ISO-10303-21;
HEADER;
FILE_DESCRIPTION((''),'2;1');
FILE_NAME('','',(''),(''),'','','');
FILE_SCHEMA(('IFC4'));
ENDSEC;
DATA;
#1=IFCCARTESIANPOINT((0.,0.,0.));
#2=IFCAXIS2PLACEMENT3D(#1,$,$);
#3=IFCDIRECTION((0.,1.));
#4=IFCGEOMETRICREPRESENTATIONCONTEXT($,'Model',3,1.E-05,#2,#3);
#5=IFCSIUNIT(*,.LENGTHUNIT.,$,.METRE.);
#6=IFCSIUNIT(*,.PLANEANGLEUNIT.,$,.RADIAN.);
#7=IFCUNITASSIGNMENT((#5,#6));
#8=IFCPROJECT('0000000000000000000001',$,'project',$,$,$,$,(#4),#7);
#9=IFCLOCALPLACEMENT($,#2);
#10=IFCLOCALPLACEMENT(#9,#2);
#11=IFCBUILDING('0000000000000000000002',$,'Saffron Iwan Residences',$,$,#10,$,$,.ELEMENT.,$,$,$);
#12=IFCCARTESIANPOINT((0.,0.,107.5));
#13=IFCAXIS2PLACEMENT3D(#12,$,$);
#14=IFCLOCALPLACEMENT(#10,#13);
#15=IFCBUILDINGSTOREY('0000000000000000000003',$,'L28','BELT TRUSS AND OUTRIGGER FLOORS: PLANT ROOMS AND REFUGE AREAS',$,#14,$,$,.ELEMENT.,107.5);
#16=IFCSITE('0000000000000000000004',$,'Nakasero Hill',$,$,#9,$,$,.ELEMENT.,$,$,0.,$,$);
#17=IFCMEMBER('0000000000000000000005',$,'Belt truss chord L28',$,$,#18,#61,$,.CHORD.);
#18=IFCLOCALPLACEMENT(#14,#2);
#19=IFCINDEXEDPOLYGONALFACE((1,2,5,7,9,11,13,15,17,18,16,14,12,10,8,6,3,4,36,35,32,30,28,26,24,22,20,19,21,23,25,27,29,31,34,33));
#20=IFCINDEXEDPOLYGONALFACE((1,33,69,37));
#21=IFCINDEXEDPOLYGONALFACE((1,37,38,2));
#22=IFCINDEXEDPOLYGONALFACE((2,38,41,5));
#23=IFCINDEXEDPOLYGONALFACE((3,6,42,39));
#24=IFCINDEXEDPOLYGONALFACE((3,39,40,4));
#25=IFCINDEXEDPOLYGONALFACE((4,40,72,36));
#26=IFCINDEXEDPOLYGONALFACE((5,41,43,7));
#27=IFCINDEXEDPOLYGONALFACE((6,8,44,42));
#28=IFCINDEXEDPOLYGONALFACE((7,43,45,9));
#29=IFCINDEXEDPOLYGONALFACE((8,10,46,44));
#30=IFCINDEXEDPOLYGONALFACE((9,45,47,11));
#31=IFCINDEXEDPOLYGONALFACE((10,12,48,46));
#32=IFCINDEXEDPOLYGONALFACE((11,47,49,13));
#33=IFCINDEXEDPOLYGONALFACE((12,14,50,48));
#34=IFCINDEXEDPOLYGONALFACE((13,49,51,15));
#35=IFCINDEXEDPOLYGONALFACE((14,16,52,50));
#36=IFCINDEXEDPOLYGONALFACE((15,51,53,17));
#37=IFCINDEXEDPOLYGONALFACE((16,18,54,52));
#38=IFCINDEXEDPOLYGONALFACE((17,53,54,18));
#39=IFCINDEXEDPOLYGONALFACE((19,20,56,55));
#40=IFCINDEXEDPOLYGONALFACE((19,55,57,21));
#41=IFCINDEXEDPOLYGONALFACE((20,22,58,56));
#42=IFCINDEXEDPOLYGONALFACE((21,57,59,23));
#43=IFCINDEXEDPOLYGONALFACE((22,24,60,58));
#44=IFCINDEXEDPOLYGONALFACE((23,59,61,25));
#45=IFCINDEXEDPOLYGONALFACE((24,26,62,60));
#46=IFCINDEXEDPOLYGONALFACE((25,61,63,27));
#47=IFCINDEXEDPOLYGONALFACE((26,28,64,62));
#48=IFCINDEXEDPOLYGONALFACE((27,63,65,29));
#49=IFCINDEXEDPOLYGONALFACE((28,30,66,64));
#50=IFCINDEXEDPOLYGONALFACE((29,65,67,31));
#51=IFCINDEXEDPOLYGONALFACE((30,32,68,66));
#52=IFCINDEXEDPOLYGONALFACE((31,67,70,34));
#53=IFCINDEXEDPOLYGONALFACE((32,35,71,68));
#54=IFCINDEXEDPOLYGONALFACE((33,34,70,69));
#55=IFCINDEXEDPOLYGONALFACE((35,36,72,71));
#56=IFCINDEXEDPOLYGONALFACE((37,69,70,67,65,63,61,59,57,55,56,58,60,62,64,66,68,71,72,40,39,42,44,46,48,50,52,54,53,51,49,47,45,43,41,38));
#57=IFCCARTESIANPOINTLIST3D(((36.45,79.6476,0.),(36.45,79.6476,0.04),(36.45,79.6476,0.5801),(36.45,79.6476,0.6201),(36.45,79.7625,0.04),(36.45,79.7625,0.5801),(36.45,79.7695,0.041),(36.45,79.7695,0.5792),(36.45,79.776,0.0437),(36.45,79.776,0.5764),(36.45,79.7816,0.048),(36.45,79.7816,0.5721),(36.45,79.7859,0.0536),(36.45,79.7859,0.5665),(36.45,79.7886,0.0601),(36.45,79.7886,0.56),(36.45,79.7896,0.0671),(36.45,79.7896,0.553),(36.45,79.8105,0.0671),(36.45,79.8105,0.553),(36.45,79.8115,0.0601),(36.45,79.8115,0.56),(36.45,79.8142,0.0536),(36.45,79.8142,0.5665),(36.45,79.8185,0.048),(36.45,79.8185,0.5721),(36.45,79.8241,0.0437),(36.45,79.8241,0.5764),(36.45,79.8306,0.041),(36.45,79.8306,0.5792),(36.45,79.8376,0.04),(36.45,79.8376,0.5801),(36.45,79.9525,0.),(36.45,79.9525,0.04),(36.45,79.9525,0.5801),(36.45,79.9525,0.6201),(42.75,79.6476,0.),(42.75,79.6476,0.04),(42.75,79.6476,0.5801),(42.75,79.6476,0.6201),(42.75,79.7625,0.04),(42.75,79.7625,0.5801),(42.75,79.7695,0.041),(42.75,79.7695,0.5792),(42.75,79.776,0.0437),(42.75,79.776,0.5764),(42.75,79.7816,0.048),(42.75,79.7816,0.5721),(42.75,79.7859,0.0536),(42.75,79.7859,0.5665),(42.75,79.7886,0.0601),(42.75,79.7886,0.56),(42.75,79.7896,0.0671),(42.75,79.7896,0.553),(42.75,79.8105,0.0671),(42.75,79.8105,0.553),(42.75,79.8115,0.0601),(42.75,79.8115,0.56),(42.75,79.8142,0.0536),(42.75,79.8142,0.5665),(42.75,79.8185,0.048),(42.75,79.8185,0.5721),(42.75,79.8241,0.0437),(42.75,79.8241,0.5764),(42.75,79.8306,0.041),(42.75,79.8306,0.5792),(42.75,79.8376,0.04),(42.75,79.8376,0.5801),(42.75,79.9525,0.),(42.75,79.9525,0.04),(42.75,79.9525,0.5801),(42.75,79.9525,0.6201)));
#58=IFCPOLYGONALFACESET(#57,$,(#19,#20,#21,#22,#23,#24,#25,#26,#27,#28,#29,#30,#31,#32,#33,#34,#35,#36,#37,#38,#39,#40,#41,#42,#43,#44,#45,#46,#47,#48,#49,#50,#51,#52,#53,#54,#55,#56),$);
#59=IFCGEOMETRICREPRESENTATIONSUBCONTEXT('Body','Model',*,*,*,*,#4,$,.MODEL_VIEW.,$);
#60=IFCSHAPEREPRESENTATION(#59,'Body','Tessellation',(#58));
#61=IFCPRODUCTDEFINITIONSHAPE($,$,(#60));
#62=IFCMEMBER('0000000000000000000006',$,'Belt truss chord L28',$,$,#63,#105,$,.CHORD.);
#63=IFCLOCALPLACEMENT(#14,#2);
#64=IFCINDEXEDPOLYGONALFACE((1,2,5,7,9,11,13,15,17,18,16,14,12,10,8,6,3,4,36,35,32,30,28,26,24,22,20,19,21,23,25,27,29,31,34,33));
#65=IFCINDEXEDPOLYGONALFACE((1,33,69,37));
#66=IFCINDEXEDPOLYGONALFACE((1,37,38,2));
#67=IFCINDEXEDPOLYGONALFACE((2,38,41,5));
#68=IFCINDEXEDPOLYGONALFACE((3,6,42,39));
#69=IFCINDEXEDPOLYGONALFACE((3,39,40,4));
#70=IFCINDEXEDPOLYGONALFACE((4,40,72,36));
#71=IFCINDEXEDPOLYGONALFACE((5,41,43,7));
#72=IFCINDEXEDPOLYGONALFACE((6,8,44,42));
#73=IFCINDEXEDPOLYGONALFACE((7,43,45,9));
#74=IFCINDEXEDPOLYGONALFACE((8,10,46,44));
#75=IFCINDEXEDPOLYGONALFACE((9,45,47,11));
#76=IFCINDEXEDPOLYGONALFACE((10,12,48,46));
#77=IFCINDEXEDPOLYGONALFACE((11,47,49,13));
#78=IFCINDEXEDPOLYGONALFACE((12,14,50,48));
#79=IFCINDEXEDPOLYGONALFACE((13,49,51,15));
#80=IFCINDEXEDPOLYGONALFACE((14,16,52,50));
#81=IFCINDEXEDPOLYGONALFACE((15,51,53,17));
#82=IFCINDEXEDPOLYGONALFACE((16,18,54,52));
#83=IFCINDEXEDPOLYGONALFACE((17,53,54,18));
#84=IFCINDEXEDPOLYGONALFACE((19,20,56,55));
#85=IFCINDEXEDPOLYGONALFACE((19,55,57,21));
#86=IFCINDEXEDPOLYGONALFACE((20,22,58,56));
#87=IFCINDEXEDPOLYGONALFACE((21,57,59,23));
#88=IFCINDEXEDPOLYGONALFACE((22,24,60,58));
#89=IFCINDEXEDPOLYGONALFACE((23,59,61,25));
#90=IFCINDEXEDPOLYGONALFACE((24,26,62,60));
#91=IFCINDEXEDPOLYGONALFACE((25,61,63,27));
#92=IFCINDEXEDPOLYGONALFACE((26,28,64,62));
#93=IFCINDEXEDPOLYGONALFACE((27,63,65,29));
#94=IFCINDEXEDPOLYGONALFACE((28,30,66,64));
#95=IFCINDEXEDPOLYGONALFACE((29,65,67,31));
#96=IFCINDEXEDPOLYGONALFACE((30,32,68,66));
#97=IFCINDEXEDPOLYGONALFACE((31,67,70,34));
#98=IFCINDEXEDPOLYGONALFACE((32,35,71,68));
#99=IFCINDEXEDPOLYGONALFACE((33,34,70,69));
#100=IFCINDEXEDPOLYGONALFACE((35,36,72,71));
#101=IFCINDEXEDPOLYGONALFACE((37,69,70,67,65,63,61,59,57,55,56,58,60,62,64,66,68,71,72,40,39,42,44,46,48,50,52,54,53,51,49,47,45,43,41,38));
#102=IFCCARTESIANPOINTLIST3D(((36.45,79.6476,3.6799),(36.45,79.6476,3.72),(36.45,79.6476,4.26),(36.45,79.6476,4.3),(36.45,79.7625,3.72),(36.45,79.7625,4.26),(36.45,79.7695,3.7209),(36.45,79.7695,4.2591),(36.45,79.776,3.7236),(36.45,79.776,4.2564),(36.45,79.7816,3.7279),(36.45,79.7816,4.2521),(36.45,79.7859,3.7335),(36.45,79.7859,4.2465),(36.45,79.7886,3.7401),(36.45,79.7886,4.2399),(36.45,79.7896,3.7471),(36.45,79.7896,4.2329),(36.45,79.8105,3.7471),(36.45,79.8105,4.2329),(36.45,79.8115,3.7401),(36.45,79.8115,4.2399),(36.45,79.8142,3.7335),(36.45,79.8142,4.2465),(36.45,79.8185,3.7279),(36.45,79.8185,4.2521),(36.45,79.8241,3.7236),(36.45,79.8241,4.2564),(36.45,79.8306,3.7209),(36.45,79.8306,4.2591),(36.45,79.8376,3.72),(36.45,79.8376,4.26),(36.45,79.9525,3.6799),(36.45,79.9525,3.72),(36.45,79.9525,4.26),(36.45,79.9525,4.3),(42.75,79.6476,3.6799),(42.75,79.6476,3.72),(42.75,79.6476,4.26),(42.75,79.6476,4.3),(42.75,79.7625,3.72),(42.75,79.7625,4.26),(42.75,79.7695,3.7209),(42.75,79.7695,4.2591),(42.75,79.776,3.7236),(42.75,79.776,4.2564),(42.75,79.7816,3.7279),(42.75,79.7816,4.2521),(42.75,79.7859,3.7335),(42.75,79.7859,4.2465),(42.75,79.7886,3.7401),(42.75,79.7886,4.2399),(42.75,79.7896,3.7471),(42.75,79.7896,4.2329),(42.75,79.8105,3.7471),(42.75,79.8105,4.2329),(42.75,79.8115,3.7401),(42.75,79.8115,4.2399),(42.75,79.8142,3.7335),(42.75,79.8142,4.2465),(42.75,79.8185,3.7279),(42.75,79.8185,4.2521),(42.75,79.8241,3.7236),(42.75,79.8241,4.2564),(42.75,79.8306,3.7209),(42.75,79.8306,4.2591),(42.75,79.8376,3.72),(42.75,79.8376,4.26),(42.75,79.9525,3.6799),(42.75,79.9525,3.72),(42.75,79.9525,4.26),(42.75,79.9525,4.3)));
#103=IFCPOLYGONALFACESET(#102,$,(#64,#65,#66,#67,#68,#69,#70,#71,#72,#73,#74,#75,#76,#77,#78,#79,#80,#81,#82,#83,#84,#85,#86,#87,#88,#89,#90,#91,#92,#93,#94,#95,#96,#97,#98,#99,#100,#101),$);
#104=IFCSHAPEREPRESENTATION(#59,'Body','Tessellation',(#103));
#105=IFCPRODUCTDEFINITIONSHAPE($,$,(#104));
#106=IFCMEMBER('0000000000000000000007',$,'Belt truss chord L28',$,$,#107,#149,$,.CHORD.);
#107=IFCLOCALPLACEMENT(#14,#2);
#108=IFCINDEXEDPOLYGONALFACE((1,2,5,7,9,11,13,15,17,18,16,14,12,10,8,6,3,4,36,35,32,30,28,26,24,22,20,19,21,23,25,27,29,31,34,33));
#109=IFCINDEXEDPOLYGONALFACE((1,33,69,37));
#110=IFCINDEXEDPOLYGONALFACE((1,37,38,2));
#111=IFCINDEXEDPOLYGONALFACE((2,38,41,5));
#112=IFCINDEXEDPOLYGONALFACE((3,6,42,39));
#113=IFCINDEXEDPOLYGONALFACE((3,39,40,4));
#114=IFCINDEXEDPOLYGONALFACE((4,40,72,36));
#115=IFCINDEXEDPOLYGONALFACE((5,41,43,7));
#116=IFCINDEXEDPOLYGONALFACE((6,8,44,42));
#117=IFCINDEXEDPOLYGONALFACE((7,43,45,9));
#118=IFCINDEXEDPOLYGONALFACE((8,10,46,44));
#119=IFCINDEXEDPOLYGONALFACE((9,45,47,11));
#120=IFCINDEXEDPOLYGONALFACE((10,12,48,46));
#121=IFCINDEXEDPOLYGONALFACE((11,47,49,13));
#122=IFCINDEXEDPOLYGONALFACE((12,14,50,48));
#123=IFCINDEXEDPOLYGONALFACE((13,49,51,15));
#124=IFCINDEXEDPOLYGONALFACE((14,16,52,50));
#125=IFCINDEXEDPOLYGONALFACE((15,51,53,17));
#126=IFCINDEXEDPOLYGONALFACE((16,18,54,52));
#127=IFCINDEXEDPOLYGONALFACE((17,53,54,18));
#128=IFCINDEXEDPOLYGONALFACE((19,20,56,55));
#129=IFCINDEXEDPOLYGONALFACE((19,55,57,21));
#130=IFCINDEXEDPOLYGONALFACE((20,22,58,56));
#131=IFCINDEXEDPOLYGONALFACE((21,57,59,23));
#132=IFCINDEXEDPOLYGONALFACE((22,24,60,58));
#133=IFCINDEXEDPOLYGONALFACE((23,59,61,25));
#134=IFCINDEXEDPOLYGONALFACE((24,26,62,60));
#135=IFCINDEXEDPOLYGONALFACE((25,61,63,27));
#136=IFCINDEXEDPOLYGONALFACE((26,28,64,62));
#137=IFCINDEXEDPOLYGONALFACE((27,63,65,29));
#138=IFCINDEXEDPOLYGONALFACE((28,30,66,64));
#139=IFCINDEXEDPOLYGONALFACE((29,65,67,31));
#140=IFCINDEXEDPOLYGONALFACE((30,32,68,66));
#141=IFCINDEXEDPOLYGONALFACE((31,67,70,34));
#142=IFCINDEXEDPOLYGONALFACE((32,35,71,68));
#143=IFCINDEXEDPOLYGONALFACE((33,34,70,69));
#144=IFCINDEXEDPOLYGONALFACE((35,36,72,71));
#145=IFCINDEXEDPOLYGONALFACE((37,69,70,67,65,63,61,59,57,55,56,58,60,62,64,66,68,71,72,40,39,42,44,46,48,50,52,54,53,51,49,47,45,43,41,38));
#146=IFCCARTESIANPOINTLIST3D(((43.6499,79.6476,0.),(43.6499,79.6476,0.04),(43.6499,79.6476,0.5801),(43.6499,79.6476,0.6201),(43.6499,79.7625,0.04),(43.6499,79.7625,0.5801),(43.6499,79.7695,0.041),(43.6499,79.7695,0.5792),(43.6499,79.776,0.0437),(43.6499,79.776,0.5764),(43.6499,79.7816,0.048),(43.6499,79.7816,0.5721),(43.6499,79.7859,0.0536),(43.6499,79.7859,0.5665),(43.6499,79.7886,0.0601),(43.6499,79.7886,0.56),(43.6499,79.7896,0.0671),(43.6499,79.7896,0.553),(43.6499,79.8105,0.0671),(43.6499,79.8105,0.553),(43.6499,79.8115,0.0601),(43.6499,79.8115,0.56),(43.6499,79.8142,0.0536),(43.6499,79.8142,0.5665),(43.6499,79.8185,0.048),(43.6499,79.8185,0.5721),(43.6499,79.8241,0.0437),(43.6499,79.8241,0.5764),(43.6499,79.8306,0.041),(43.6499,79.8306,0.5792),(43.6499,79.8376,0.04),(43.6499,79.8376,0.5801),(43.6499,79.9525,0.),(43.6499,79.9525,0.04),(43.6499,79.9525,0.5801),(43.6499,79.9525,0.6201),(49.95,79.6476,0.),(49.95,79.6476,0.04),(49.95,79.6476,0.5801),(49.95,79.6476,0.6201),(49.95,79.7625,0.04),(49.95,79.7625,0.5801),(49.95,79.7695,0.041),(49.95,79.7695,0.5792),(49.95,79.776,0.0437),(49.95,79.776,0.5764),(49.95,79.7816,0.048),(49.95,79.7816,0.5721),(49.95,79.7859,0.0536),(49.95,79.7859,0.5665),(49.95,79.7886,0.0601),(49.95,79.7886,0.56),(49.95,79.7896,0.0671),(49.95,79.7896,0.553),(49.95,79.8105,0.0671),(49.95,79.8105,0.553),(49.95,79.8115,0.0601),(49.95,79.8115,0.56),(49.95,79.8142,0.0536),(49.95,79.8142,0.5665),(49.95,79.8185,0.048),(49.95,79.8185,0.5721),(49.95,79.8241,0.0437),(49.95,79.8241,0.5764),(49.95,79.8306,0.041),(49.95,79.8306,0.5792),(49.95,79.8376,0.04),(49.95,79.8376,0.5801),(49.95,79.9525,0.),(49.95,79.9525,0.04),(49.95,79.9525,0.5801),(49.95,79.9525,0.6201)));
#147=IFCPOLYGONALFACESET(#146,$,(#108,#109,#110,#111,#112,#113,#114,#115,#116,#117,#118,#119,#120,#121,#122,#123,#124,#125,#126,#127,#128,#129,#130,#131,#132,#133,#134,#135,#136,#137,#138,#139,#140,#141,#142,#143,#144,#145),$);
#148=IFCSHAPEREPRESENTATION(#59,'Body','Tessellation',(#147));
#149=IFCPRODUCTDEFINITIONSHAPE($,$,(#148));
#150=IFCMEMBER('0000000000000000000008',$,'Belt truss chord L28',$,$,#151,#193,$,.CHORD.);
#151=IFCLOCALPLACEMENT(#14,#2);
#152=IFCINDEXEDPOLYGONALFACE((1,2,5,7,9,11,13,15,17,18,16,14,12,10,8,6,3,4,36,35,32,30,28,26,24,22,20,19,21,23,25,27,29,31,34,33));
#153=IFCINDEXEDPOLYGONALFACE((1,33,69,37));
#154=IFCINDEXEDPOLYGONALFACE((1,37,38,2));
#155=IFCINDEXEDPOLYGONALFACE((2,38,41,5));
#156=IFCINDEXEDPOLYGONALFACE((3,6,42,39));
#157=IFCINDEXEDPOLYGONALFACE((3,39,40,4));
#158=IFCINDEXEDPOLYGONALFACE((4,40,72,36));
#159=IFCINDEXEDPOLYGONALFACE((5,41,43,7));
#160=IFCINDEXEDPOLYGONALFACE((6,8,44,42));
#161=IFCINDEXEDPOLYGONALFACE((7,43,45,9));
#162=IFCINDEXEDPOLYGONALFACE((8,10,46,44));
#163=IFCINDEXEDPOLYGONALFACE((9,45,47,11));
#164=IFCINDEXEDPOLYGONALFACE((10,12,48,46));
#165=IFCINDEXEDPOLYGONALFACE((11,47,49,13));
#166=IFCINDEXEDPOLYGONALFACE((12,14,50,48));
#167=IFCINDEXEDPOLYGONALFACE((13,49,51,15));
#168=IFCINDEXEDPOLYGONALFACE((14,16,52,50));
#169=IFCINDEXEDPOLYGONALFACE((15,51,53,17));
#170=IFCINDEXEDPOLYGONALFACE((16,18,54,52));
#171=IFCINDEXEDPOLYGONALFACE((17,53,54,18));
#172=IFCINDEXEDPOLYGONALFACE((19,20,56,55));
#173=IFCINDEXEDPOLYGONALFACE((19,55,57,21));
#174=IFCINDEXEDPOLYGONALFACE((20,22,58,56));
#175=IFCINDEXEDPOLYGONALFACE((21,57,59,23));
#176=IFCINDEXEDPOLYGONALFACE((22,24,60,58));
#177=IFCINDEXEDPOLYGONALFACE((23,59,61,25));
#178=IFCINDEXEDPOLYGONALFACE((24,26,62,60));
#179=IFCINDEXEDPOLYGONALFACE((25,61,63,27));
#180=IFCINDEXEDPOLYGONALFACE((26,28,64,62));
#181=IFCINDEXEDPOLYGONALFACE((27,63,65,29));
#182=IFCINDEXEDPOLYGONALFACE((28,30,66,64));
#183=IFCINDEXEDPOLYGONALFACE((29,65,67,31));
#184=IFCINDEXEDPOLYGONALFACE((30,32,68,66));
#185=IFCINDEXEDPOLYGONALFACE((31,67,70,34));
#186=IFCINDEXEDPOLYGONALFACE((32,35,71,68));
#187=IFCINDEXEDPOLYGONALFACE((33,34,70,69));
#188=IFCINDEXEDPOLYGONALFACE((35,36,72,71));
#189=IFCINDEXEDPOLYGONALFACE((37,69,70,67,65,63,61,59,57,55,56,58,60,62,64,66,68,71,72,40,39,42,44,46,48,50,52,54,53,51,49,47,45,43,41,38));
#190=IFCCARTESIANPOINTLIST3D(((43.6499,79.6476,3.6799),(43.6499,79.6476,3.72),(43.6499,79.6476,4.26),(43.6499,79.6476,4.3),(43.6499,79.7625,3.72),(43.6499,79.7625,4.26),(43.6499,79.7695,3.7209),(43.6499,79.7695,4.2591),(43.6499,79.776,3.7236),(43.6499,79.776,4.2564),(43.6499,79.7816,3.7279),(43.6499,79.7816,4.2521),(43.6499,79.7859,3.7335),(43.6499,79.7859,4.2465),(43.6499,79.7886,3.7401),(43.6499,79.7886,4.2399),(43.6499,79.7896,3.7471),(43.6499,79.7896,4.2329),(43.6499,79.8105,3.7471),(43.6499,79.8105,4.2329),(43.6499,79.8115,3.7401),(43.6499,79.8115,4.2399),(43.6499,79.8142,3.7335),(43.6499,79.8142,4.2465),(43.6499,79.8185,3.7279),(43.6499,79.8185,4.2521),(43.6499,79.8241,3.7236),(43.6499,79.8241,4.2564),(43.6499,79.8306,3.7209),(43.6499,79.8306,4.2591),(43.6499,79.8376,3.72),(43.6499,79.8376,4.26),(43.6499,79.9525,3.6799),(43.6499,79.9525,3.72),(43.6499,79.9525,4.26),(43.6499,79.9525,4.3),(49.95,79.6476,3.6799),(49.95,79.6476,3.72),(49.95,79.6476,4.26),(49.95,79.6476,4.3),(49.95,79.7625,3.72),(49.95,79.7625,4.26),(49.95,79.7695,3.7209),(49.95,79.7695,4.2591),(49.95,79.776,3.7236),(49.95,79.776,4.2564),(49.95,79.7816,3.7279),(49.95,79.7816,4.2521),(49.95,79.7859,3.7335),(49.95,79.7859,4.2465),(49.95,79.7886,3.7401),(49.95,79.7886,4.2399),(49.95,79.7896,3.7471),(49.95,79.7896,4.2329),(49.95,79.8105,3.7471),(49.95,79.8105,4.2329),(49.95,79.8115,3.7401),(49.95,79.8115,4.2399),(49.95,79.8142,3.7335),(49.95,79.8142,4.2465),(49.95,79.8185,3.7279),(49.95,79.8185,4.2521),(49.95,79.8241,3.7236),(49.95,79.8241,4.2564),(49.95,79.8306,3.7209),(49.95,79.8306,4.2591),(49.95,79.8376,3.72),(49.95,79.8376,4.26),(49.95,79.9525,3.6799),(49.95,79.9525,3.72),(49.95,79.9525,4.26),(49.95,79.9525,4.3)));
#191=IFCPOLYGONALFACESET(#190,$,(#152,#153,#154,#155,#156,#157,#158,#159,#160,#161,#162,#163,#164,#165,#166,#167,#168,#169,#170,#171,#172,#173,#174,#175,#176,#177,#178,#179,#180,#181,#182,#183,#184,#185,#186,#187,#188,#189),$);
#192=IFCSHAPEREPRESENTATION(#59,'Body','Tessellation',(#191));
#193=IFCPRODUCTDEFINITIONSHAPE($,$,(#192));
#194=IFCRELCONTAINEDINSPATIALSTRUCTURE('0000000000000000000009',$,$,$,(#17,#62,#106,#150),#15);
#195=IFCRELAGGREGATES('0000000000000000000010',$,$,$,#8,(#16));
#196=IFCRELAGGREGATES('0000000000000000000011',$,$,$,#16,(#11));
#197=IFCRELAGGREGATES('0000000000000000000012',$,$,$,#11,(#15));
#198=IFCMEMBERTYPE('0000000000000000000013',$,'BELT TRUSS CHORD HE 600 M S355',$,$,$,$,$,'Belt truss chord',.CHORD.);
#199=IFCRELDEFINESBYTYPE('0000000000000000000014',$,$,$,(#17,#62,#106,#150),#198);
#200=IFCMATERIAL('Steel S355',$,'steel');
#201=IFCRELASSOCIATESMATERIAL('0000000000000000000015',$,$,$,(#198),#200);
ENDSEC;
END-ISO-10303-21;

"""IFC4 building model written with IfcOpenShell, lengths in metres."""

from ifc_helpers import new_model, si_unit, direction, frame, origin, origin_2d, place, context, subcontext, project, spatial, i_section, extrude, source, transform, mapped, material, material_profile, profile_set, type_object, element, save


model = new_model("IFC4")

# Units and contexts
model_context = context("Model", 3, precision=1e-05, world=origin(), true_north=direction((0.0, 1.0)))
body_context = subcontext(model_context, "Body", "Model", "MODEL_VIEW")
ifc_project = project(units=[si_unit("LENGTHUNIT", "METRE"), si_unit("PLANEANGLEUNIT", "RADIAN")], contexts=[model_context])

# Site, building, storey
site_placement = place(None, origin())
site = spatial("IfcSite", under=ifc_project, at=site_placement, Name="Nakasero Hill", CompositionType="ELEMENT", RefElevation=0.0)
building_placement = place(site_placement, origin())
building = spatial("IfcBuilding", under=site, at=building_placement, Name="Saffron Iwan Residences", CompositionType="ELEMENT")
storey_placement = place(building_placement, frame((0.0, 0.0, 107.5)))
storey = spatial("IfcBuildingStorey", under=building, at=storey_placement, Name="L28", Description="BELT TRUSS AND OUTRIGGER FLOORS: PLANT ROOMS AND REFUGE AREAS", CompositionType="ELEMENT", Elevation=107.5)

# Members
ifc_material_1 = material(Name="Steel S355", Category="steel")
ifc_material_profile_1 = material_profile(ifc_material_1, i_section(OverallWidth=0.3049, OverallDepth=0.6201, WebThickness=0.021, FlangeThickness=0.04, FilletRadius=0.0271, at=origin_2d()), Name="HE 600 M")
ifc_profile_set_1 = profile_set([ifc_material_profile_1], Name="Steel S355")
member_type_1 = type_object("IfcMemberType", Name="BELT TRUSS CHORD HE 600 M S355", ElementType="Belt truss chord", PredefinedType="CHORD", material=ifc_profile_set_1)
shared_shape_1 = source(origin(), body_context, "Body", "SweptSolid", [
    extrude(i_section(OverallWidth=0.3049, OverallDepth=0.6201, WebThickness=0.021, FlangeThickness=0.04, FilletRadius=0.0271, at=origin_2d()), origin(), (0.0, 0.0, 1.0), 6.3),
])
for number, where, z_axis, x_axis, name in (
    (1, (36.45, 79.8, 0.3101), (1.0, 0.0, 0.0), (0.0, 1.0, 0.0), "Belt truss chord L28"),
    (2, (36.45, 79.8, 3.99), (1.0, 0.0, 0.0), (0.0, 1.0, 0.0), "Belt truss chord L28"),
    (3, (43.6499, 79.8, 0.3101), (1.0, 0.0, 0.0), (0.0, 1.0, 0.0), "Belt truss chord L28"),
    (4, (43.6499, 79.8, 3.99), (1.0, 0.0, 0.0), (0.0, 1.0, 0.0), "Belt truss chord L28"),
):
    element("IfcMember", number, at=place(storey_placement, frame(where, z_axis=z_axis, x_axis=x_axis)), inside=storey, type_object=member_type_1, Name=name, PredefinedType="CHORD", context=body_context, shape_type="MappedRepresentation", body=[
        mapped(shared_shape_1, transform((0.0, 0.0, 0.0))),
    ])

save(model, "model.ifc")
